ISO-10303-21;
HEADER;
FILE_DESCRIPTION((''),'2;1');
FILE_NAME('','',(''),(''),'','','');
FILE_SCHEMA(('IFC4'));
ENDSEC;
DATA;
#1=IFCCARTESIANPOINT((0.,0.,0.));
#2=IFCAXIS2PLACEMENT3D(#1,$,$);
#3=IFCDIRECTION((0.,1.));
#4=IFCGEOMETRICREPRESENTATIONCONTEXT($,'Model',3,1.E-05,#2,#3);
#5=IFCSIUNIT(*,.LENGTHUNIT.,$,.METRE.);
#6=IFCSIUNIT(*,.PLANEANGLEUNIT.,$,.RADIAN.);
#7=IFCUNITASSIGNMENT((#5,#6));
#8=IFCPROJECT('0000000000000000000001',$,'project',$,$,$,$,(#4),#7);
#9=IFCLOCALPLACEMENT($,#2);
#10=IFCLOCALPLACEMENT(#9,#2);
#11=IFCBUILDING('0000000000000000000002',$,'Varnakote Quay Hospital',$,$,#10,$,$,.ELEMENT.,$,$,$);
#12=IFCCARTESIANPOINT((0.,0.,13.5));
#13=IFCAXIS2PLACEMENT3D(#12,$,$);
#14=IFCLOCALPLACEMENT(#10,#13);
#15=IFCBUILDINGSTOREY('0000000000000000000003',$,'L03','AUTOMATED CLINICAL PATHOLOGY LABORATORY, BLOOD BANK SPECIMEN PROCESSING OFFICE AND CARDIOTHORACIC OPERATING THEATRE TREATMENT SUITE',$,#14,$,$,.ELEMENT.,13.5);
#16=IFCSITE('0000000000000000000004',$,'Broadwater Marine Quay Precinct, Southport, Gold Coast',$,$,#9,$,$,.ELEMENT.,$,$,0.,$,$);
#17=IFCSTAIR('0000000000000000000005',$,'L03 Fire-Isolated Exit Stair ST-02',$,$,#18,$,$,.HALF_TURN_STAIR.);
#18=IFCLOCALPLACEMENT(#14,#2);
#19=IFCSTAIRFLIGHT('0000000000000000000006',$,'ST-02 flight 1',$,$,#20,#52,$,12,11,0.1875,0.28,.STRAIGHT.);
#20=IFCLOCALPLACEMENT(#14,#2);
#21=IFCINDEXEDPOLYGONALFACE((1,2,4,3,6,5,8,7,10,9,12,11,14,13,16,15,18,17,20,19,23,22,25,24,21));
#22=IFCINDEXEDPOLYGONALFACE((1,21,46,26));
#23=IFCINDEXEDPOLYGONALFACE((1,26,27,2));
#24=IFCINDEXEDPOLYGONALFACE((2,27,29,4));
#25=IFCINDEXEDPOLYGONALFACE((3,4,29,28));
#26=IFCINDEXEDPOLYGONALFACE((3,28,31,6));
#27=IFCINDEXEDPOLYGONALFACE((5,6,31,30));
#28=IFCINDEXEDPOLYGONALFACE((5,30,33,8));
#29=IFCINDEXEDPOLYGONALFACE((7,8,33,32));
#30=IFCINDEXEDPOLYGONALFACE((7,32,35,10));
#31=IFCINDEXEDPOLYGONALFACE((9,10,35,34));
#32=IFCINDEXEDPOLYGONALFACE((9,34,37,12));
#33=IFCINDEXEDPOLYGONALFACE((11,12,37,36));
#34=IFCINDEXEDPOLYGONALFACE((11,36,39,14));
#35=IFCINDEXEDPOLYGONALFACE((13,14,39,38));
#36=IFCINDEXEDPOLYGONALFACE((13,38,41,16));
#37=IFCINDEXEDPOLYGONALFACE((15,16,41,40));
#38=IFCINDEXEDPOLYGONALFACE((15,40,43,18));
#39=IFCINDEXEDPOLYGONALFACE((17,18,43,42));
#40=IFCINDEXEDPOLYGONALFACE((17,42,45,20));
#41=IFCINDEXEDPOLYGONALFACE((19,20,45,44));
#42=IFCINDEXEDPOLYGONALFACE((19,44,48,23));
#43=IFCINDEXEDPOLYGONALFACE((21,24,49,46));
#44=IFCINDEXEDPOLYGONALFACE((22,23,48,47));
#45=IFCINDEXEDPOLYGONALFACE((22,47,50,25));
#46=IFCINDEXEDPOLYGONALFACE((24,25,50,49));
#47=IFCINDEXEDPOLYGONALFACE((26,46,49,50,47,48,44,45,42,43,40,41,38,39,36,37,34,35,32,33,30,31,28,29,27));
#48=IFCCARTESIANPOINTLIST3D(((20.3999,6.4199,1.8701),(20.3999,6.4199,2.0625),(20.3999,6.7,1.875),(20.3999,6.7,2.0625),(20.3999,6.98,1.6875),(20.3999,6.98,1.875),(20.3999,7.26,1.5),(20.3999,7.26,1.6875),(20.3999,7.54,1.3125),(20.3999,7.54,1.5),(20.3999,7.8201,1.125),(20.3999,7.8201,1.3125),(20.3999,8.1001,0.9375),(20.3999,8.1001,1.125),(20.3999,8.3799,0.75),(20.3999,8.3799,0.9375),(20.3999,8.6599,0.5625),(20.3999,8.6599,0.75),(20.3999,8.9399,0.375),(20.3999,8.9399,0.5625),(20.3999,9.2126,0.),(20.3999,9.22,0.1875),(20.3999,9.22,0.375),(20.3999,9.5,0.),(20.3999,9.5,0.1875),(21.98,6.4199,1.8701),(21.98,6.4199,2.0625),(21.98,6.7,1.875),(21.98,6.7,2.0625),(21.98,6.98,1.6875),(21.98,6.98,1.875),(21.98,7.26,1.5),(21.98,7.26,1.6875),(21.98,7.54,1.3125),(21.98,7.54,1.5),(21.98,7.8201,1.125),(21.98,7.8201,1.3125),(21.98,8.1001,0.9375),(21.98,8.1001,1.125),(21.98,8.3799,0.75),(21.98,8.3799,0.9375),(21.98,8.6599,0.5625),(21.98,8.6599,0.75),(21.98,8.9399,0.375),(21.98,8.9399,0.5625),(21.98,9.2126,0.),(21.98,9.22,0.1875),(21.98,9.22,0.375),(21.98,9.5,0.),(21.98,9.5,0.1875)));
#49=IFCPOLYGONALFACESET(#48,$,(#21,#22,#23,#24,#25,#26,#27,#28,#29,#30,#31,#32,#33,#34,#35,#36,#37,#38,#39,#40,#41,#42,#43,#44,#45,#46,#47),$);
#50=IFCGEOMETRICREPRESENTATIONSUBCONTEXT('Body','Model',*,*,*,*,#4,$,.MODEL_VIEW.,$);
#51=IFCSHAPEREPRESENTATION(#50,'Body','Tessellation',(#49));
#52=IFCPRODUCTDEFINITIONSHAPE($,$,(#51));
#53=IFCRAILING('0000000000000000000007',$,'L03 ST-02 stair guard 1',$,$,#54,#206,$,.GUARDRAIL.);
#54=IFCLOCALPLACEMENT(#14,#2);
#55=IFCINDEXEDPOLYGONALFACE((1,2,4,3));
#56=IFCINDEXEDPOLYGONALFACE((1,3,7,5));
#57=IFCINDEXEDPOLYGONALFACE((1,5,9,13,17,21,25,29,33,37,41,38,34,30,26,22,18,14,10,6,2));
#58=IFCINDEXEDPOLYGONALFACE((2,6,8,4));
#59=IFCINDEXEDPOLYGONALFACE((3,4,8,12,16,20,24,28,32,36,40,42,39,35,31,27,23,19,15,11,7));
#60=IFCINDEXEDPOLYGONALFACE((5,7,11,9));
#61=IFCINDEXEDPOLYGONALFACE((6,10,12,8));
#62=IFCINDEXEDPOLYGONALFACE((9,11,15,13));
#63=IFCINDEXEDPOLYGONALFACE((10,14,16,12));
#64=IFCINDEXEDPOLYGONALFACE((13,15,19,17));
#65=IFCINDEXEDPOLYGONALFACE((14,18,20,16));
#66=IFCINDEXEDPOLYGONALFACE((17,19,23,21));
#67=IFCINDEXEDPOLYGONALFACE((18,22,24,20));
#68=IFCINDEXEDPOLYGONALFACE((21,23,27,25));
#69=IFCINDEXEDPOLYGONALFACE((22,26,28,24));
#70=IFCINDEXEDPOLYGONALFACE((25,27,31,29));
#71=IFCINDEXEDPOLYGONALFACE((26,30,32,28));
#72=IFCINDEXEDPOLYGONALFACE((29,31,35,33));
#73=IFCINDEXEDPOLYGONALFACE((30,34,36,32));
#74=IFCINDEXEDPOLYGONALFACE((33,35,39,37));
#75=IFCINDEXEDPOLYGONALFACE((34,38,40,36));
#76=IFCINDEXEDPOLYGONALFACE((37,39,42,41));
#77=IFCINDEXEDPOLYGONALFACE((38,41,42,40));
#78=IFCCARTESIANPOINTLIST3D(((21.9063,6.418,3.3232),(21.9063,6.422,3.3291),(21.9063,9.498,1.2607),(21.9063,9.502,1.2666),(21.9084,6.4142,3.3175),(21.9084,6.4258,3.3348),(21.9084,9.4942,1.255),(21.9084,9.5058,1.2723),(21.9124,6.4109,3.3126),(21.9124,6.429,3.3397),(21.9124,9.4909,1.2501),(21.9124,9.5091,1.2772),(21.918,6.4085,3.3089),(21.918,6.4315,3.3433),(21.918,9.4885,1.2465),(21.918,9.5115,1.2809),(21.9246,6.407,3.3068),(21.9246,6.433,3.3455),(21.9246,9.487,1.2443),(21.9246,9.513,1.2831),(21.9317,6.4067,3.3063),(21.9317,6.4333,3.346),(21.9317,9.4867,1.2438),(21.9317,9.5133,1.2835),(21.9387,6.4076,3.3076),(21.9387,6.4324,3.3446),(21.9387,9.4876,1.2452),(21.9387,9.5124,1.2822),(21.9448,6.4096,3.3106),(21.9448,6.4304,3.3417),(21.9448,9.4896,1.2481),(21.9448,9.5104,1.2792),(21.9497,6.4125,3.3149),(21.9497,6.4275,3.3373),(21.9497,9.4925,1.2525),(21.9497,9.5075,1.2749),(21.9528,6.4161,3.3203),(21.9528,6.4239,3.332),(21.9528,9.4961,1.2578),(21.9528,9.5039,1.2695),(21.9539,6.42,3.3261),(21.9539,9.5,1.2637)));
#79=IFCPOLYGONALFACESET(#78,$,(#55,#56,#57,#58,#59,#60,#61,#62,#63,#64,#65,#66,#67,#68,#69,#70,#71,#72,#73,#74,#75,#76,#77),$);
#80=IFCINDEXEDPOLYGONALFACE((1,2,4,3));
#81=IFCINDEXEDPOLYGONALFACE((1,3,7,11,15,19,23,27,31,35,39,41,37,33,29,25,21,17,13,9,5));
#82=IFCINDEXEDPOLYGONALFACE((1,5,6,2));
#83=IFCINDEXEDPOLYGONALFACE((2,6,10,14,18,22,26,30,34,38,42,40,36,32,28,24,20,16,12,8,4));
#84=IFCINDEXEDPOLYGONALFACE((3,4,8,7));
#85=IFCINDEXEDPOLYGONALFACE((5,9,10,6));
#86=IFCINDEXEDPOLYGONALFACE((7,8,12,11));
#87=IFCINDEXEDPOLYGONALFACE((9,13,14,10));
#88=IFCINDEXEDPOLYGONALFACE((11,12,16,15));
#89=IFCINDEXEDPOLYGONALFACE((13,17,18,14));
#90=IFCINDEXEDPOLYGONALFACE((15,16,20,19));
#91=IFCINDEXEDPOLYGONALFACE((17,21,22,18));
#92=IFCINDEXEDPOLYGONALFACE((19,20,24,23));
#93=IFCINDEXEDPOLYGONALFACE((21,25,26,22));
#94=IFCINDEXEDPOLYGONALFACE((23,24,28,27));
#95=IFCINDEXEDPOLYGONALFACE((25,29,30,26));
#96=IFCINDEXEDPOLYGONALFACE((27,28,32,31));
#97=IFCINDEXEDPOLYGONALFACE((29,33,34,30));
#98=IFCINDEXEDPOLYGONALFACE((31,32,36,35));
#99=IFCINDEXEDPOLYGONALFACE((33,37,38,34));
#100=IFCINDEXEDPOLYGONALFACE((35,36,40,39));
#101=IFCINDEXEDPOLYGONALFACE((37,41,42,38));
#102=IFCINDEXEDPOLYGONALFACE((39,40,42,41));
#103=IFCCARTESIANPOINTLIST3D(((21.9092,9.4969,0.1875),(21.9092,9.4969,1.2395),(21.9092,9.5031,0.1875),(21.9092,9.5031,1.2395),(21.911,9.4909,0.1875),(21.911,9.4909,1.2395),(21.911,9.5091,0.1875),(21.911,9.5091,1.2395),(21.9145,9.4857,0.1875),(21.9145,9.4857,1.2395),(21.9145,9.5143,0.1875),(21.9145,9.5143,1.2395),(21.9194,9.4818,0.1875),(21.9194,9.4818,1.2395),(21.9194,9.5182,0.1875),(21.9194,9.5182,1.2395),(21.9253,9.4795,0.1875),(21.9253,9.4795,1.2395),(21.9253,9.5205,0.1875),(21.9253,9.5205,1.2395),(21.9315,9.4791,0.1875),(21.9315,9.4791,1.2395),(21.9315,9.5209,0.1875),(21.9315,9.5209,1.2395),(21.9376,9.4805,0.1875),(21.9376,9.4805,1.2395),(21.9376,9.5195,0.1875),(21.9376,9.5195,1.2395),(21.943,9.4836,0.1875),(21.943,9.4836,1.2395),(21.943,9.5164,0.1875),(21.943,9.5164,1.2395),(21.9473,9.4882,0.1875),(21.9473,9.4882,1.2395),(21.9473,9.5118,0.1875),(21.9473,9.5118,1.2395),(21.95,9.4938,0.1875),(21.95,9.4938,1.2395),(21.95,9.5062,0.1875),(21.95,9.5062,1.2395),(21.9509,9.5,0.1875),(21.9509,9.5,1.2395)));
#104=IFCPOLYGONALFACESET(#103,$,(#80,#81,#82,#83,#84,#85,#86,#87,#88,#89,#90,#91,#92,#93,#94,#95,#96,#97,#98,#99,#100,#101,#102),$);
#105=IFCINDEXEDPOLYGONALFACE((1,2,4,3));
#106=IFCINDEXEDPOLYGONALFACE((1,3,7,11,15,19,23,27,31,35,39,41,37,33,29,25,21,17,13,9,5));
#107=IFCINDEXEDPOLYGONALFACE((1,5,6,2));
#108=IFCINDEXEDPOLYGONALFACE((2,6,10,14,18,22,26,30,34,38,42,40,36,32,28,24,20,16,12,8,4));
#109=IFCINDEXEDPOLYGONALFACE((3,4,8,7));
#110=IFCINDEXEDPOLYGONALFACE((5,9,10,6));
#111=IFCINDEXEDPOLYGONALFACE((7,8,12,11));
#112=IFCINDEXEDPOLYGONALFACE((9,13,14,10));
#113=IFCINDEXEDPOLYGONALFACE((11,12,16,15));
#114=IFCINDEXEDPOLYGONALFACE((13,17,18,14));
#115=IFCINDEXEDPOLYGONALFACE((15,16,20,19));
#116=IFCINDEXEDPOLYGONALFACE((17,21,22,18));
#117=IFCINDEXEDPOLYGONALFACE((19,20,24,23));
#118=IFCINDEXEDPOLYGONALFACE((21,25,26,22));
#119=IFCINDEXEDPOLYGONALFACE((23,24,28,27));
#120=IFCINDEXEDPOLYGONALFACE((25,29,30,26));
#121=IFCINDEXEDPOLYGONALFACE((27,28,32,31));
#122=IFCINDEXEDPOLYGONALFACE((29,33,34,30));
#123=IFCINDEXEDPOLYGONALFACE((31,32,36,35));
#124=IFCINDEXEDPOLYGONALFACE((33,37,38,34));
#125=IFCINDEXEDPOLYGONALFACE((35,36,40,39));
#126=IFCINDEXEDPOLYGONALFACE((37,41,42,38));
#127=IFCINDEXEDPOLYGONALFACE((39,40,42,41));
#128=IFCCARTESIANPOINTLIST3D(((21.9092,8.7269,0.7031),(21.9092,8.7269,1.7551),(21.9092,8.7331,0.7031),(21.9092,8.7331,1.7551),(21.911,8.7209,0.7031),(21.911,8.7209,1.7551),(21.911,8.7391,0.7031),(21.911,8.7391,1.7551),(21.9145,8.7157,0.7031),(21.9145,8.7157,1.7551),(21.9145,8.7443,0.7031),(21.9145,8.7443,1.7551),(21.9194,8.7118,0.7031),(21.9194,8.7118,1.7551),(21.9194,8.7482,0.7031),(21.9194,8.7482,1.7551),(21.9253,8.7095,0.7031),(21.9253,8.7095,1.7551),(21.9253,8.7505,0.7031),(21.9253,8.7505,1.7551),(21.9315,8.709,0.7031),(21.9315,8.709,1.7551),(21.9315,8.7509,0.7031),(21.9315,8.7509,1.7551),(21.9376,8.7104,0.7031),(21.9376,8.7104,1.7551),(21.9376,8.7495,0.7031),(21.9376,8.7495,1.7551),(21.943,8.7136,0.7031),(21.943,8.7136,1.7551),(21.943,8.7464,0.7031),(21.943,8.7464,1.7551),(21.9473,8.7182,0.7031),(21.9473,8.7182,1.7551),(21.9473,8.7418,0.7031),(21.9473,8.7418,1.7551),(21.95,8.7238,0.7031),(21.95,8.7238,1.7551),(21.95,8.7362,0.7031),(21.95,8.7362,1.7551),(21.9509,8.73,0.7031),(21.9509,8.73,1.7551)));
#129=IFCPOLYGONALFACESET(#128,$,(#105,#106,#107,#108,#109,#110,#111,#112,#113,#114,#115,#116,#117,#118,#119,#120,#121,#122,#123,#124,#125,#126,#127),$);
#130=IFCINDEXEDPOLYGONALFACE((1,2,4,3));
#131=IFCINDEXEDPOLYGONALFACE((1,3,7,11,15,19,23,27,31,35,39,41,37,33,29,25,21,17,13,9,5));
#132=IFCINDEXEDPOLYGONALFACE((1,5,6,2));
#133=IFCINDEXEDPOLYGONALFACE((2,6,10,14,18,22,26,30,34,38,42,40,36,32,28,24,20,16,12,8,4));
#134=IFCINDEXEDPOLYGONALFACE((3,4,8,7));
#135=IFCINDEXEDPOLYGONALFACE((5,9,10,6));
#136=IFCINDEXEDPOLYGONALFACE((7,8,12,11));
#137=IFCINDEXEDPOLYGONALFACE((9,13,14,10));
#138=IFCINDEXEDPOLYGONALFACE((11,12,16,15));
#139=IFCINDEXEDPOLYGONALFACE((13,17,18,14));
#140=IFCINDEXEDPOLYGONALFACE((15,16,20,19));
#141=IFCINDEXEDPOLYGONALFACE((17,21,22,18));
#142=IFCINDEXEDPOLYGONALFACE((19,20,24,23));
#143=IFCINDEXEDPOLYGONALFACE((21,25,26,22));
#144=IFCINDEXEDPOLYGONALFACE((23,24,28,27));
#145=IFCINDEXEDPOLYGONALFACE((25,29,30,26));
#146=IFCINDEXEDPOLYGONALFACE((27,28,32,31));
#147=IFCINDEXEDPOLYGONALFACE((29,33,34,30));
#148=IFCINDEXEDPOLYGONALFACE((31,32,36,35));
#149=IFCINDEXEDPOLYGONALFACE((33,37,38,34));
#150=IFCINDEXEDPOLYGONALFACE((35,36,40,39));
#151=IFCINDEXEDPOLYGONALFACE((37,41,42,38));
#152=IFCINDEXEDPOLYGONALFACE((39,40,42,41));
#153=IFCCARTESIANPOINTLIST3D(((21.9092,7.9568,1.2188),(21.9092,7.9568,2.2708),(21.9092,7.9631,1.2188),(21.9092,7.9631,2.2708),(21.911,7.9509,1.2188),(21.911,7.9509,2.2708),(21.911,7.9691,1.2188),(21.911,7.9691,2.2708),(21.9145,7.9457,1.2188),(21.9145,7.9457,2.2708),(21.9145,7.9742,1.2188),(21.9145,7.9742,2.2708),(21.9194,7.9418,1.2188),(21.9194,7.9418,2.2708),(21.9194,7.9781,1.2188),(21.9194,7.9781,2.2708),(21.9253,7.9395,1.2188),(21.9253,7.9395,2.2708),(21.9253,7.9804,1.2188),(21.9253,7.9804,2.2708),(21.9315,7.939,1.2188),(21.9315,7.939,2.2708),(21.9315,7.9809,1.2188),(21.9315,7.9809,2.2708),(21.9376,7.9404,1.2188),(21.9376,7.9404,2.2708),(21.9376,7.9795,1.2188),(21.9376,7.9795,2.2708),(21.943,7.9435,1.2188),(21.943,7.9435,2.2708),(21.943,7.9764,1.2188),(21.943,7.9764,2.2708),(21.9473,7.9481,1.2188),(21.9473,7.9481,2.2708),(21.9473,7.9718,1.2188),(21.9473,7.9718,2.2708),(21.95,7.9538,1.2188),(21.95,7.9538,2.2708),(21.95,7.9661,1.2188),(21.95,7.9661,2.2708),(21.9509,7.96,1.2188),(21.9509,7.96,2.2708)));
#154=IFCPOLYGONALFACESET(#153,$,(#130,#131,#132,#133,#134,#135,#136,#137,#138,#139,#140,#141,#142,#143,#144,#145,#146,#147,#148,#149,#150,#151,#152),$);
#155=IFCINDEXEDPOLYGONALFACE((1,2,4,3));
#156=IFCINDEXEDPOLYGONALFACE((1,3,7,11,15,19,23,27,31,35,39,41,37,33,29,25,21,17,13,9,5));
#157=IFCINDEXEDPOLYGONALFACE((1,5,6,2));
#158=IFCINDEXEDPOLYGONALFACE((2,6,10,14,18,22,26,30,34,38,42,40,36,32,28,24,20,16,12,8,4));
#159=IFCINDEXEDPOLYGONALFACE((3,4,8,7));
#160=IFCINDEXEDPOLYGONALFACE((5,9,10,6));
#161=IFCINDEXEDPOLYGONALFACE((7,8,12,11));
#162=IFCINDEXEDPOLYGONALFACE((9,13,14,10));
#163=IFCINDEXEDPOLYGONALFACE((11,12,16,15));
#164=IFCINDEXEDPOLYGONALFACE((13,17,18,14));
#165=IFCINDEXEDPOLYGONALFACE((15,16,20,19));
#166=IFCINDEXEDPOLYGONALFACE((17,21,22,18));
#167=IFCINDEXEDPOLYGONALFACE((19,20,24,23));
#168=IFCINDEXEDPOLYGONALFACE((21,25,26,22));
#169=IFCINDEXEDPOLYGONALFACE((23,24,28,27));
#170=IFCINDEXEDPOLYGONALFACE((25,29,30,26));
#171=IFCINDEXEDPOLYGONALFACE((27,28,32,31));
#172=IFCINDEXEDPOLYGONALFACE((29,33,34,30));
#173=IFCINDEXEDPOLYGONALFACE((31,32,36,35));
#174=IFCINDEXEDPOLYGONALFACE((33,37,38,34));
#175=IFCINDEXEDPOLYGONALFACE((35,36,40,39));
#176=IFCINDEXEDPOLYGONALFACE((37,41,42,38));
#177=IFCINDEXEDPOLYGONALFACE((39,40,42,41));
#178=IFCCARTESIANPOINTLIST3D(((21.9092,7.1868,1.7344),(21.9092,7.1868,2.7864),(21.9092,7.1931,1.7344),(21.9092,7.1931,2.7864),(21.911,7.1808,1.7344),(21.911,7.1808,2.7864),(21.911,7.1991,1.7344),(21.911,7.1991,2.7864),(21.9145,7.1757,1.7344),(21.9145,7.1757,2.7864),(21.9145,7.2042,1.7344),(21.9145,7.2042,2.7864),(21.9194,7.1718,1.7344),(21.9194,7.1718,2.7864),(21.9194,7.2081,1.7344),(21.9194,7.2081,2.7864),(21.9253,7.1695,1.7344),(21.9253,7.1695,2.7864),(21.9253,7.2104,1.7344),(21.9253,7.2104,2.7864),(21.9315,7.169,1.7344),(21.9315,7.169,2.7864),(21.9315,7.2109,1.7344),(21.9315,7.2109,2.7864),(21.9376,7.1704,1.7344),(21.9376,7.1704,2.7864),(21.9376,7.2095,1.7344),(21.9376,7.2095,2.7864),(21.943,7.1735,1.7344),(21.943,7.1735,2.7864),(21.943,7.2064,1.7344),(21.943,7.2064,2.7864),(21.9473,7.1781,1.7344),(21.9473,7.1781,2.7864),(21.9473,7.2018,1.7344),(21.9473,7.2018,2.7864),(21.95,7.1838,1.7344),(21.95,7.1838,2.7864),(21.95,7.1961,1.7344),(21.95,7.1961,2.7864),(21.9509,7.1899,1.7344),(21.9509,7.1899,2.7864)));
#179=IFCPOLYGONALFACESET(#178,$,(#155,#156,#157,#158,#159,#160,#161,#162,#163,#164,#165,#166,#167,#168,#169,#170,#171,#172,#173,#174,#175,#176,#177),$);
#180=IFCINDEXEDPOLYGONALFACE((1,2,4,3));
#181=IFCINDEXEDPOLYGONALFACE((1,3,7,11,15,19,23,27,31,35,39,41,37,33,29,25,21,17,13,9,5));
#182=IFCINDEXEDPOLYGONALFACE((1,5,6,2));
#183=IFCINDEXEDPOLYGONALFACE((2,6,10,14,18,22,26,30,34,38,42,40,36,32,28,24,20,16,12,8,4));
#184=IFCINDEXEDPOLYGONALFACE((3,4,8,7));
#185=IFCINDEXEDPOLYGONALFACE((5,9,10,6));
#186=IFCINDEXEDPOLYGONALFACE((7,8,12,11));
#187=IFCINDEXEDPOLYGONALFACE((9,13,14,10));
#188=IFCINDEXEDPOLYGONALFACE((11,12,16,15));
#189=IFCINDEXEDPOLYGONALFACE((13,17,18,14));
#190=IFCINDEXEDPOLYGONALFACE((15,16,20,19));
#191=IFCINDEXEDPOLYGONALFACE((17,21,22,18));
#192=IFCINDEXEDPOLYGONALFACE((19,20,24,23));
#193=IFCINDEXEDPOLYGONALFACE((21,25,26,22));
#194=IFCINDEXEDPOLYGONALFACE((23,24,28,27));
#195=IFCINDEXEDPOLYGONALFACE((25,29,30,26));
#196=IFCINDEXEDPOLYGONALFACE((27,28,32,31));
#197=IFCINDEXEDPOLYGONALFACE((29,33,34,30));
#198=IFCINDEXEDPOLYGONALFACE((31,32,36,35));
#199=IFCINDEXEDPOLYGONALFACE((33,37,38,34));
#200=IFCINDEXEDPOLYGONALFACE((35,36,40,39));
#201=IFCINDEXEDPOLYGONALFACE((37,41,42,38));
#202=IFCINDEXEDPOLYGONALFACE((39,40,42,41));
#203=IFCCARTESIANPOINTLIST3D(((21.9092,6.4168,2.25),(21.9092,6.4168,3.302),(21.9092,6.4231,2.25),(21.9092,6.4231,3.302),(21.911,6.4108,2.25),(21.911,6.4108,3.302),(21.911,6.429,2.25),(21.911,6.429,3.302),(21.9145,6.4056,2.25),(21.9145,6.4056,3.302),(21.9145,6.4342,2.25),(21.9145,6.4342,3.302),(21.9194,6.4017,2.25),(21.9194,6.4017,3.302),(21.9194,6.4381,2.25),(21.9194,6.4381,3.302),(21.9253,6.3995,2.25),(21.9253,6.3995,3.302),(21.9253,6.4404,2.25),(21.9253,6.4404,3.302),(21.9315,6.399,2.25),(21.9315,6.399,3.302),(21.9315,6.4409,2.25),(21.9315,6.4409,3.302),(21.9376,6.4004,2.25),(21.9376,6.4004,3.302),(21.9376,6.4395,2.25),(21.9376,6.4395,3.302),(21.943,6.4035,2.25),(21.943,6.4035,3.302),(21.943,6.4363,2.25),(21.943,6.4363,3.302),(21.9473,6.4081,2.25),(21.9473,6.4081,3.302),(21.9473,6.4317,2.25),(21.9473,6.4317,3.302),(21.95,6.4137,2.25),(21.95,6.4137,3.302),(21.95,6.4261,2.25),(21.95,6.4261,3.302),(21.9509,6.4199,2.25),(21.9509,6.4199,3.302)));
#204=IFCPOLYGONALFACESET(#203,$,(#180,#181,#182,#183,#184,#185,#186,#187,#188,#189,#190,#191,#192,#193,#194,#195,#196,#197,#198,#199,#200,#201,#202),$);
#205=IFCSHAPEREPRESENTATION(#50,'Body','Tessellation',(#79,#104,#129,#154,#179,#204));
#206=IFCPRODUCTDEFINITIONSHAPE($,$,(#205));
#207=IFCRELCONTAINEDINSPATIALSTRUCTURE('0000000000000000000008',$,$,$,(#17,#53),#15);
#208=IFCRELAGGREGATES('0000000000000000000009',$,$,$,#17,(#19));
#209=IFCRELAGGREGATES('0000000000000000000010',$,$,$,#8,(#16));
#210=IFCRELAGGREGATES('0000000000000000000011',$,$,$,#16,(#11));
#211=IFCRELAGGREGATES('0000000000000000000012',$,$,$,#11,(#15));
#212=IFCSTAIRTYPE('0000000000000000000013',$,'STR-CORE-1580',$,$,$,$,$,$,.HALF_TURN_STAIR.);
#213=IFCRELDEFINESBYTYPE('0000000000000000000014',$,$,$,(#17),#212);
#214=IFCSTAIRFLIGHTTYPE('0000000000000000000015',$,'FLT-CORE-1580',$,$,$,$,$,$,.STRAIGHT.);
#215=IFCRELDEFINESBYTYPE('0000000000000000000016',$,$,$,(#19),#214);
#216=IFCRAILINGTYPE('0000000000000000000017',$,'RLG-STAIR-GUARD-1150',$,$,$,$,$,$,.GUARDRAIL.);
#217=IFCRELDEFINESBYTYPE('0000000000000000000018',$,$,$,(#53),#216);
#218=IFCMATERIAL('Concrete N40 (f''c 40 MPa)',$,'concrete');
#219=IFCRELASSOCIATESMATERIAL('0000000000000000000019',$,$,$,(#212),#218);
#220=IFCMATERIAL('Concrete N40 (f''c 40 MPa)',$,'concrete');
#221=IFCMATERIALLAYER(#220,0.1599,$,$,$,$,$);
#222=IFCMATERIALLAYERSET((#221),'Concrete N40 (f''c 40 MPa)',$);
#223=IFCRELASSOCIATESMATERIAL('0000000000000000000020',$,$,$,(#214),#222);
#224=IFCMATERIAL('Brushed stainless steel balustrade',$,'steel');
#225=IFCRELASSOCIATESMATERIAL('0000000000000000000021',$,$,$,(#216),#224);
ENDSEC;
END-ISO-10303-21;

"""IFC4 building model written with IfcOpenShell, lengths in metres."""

from ifc_helpers import new_model, si_unit, direction, frame, origin, origin_2d, place, context, subcontext, project, spatial, polyline, circle, outline, extrude, material, layer, layer_set, type_object, element, aggregate, save


model = new_model("IFC4")

# Units and contexts
model_context = context("Model", 3, precision=1e-05, world=origin(), true_north=direction((0.0, 1.0)))
body_context = subcontext(model_context, "Body", "Model", "MODEL_VIEW")
ifc_project = project(units=[si_unit("LENGTHUNIT", "METRE"), si_unit("PLANEANGLEUNIT", "RADIAN")], contexts=[model_context])

# Site, building, storey
site_placement = place(None, origin())
site = spatial("IfcSite", under=ifc_project, at=site_placement, Name="Broadwater Marine Quay Precinct, Southport, Gold Coast", CompositionType="ELEMENT", RefElevation=0.0)
building_placement = place(site_placement, origin())
building = spatial("IfcBuilding", under=site, at=building_placement, Name="Varnakote Quay Hospital", CompositionType="ELEMENT")
storey_placement = place(building_placement, frame((0.0, 0.0, 13.5)))
storey = spatial("IfcBuildingStorey", under=building, at=storey_placement, Name="L03", Description="AUTOMATED CLINICAL PATHOLOGY LABORATORY, BLOOD BANK SPECIMEN PROCESSING OFFICE AND CARDIOTHORACIC OPERATING THEATRE TREATMENT SUITE", CompositionType="ELEMENT", Elevation=13.5)

# Stair, stair flight
ifc_material_1 = material(Name="Concrete N40 (f'c 40 MPa)", Category="concrete")
stair_type = type_object("IfcStairType", Name="STR-CORE-1580", PredefinedType="HALF_TURN_STAIR", material=ifc_material_1)
stair_placement = place(storey_placement, origin())
stair = element("IfcStair", 1, at=stair_placement, inside=storey, type_object=stair_type, Name="L03 Fire-Isolated Exit Stair ST-02", PredefinedType="HALF_TURN_STAIR")
ifc_material_2 = material(Name="Concrete N40 (f'c 40 MPa)", Category="concrete")
ifc_layer_1 = layer(ifc_material_2, 0.1599)
ifc_layer_set_1 = layer_set([ifc_layer_1], Name="Concrete N40 (f'c 40 MPa)")
stair_flight_type = type_object("IfcStairFlightType", Name="FLT-CORE-1580", PredefinedType="STRAIGHT", material=ifc_layer_set_1)
stair_flight_placement = place(storey_placement, frame((21.1899, 9.5, 0.0), z_axis=(0.0, 0.0, 1.0), x_axis=(0.0, -1.0, 0.0)))
stair_flight = element("IfcStairFlight", 2, at=stair_flight_placement, type_object=stair_flight_type, Name="ST-02 flight 1", NumberOfRisers=12, NumberOfTreads=11, PredefinedType="STRAIGHT", RiserHeight=0.1875, TreadLength=0.28, context=body_context, shape_type="SweptSolid", body=[
    extrude(outline(polyline([(0.0, 0.0), (0.0, 0.1875), (0.28, 0.1875), (0.28, 0.375), (0.5601, 0.375), (0.5601, 0.5625), (0.8401, 0.5625), (0.8401, 0.75), (1.1201, 0.75), (1.1201, 0.9375), (1.3999, 0.9375), (1.3999, 1.125), (1.6799, 1.125), (1.6799, 1.3125), (1.96, 1.3125), (1.96, 1.5), (2.24, 1.5), (2.24, 1.6875), (2.52, 1.6875), (2.52, 1.875), (2.8, 1.875), (2.8, 2.0625), (3.0801, 2.0625), (3.0801, 2.25), (3.0801, 1.8701), (0.2874, 0.0), (0.0, 0.0)])), frame((0.0, 0.79, 0.0), z_axis=(0.0, -1.0, 0.0), x_axis=(1.0, 0.0, 0.0)), (0.0, 0.0, 1.0), 1.5801),
])
aggregate(stair, [stair_flight])

# Railing
ifc_material_3 = material(Name="Brushed stainless steel balustrade", Category="steel")
railing_type_1 = type_object("IfcRailingType", Name="RLG-STAIR-GUARD-1150", PredefinedType="GUARDRAIL", material=ifc_material_3)
railing_1_placement = place(storey_placement, frame((21.9299, 9.5, 0.1875)))
element("IfcRailing", 3, at=railing_1_placement, inside=storey, type_object=railing_type_1, Name="L03 ST-02 stair guard 1", PredefinedType="GUARDRAIL", context=body_context, shape_type="SweptSolid", body=[
    extrude(circle(Radius=0.0239, at=origin_2d()), frame((0.0, 0.0, 1.0762), z_axis=(0.0, -0.830914, 0.556401), x_axis=(1.0, 0.0, 0.0)), (0.0, 0.0, 1.0), 3.7068),
    extrude(circle(Radius=0.021, at=origin_2d()), origin(), (0.0, 0.0, 1.0), 1.052),
    extrude(circle(Radius=0.021, at=origin_2d()), frame((0.0, -0.77, 0.5156)), (0.0, 0.0, 1.0), 1.052),
    extrude(circle(Radius=0.021, at=origin_2d()), frame((0.0, -1.54, 1.0312)), (0.0, 0.0, 1.0), 1.052),
    extrude(circle(Radius=0.021, at=origin_2d()), frame((0.0, -2.3101, 1.5469)), (0.0, 0.0, 1.0), 1.052),
    extrude(circle(Radius=0.021, at=origin_2d()), frame((0.0, -3.0801, 2.0625)), (0.0, 0.0, 1.0), 1.052),
])

save(model, "model.ifc")
